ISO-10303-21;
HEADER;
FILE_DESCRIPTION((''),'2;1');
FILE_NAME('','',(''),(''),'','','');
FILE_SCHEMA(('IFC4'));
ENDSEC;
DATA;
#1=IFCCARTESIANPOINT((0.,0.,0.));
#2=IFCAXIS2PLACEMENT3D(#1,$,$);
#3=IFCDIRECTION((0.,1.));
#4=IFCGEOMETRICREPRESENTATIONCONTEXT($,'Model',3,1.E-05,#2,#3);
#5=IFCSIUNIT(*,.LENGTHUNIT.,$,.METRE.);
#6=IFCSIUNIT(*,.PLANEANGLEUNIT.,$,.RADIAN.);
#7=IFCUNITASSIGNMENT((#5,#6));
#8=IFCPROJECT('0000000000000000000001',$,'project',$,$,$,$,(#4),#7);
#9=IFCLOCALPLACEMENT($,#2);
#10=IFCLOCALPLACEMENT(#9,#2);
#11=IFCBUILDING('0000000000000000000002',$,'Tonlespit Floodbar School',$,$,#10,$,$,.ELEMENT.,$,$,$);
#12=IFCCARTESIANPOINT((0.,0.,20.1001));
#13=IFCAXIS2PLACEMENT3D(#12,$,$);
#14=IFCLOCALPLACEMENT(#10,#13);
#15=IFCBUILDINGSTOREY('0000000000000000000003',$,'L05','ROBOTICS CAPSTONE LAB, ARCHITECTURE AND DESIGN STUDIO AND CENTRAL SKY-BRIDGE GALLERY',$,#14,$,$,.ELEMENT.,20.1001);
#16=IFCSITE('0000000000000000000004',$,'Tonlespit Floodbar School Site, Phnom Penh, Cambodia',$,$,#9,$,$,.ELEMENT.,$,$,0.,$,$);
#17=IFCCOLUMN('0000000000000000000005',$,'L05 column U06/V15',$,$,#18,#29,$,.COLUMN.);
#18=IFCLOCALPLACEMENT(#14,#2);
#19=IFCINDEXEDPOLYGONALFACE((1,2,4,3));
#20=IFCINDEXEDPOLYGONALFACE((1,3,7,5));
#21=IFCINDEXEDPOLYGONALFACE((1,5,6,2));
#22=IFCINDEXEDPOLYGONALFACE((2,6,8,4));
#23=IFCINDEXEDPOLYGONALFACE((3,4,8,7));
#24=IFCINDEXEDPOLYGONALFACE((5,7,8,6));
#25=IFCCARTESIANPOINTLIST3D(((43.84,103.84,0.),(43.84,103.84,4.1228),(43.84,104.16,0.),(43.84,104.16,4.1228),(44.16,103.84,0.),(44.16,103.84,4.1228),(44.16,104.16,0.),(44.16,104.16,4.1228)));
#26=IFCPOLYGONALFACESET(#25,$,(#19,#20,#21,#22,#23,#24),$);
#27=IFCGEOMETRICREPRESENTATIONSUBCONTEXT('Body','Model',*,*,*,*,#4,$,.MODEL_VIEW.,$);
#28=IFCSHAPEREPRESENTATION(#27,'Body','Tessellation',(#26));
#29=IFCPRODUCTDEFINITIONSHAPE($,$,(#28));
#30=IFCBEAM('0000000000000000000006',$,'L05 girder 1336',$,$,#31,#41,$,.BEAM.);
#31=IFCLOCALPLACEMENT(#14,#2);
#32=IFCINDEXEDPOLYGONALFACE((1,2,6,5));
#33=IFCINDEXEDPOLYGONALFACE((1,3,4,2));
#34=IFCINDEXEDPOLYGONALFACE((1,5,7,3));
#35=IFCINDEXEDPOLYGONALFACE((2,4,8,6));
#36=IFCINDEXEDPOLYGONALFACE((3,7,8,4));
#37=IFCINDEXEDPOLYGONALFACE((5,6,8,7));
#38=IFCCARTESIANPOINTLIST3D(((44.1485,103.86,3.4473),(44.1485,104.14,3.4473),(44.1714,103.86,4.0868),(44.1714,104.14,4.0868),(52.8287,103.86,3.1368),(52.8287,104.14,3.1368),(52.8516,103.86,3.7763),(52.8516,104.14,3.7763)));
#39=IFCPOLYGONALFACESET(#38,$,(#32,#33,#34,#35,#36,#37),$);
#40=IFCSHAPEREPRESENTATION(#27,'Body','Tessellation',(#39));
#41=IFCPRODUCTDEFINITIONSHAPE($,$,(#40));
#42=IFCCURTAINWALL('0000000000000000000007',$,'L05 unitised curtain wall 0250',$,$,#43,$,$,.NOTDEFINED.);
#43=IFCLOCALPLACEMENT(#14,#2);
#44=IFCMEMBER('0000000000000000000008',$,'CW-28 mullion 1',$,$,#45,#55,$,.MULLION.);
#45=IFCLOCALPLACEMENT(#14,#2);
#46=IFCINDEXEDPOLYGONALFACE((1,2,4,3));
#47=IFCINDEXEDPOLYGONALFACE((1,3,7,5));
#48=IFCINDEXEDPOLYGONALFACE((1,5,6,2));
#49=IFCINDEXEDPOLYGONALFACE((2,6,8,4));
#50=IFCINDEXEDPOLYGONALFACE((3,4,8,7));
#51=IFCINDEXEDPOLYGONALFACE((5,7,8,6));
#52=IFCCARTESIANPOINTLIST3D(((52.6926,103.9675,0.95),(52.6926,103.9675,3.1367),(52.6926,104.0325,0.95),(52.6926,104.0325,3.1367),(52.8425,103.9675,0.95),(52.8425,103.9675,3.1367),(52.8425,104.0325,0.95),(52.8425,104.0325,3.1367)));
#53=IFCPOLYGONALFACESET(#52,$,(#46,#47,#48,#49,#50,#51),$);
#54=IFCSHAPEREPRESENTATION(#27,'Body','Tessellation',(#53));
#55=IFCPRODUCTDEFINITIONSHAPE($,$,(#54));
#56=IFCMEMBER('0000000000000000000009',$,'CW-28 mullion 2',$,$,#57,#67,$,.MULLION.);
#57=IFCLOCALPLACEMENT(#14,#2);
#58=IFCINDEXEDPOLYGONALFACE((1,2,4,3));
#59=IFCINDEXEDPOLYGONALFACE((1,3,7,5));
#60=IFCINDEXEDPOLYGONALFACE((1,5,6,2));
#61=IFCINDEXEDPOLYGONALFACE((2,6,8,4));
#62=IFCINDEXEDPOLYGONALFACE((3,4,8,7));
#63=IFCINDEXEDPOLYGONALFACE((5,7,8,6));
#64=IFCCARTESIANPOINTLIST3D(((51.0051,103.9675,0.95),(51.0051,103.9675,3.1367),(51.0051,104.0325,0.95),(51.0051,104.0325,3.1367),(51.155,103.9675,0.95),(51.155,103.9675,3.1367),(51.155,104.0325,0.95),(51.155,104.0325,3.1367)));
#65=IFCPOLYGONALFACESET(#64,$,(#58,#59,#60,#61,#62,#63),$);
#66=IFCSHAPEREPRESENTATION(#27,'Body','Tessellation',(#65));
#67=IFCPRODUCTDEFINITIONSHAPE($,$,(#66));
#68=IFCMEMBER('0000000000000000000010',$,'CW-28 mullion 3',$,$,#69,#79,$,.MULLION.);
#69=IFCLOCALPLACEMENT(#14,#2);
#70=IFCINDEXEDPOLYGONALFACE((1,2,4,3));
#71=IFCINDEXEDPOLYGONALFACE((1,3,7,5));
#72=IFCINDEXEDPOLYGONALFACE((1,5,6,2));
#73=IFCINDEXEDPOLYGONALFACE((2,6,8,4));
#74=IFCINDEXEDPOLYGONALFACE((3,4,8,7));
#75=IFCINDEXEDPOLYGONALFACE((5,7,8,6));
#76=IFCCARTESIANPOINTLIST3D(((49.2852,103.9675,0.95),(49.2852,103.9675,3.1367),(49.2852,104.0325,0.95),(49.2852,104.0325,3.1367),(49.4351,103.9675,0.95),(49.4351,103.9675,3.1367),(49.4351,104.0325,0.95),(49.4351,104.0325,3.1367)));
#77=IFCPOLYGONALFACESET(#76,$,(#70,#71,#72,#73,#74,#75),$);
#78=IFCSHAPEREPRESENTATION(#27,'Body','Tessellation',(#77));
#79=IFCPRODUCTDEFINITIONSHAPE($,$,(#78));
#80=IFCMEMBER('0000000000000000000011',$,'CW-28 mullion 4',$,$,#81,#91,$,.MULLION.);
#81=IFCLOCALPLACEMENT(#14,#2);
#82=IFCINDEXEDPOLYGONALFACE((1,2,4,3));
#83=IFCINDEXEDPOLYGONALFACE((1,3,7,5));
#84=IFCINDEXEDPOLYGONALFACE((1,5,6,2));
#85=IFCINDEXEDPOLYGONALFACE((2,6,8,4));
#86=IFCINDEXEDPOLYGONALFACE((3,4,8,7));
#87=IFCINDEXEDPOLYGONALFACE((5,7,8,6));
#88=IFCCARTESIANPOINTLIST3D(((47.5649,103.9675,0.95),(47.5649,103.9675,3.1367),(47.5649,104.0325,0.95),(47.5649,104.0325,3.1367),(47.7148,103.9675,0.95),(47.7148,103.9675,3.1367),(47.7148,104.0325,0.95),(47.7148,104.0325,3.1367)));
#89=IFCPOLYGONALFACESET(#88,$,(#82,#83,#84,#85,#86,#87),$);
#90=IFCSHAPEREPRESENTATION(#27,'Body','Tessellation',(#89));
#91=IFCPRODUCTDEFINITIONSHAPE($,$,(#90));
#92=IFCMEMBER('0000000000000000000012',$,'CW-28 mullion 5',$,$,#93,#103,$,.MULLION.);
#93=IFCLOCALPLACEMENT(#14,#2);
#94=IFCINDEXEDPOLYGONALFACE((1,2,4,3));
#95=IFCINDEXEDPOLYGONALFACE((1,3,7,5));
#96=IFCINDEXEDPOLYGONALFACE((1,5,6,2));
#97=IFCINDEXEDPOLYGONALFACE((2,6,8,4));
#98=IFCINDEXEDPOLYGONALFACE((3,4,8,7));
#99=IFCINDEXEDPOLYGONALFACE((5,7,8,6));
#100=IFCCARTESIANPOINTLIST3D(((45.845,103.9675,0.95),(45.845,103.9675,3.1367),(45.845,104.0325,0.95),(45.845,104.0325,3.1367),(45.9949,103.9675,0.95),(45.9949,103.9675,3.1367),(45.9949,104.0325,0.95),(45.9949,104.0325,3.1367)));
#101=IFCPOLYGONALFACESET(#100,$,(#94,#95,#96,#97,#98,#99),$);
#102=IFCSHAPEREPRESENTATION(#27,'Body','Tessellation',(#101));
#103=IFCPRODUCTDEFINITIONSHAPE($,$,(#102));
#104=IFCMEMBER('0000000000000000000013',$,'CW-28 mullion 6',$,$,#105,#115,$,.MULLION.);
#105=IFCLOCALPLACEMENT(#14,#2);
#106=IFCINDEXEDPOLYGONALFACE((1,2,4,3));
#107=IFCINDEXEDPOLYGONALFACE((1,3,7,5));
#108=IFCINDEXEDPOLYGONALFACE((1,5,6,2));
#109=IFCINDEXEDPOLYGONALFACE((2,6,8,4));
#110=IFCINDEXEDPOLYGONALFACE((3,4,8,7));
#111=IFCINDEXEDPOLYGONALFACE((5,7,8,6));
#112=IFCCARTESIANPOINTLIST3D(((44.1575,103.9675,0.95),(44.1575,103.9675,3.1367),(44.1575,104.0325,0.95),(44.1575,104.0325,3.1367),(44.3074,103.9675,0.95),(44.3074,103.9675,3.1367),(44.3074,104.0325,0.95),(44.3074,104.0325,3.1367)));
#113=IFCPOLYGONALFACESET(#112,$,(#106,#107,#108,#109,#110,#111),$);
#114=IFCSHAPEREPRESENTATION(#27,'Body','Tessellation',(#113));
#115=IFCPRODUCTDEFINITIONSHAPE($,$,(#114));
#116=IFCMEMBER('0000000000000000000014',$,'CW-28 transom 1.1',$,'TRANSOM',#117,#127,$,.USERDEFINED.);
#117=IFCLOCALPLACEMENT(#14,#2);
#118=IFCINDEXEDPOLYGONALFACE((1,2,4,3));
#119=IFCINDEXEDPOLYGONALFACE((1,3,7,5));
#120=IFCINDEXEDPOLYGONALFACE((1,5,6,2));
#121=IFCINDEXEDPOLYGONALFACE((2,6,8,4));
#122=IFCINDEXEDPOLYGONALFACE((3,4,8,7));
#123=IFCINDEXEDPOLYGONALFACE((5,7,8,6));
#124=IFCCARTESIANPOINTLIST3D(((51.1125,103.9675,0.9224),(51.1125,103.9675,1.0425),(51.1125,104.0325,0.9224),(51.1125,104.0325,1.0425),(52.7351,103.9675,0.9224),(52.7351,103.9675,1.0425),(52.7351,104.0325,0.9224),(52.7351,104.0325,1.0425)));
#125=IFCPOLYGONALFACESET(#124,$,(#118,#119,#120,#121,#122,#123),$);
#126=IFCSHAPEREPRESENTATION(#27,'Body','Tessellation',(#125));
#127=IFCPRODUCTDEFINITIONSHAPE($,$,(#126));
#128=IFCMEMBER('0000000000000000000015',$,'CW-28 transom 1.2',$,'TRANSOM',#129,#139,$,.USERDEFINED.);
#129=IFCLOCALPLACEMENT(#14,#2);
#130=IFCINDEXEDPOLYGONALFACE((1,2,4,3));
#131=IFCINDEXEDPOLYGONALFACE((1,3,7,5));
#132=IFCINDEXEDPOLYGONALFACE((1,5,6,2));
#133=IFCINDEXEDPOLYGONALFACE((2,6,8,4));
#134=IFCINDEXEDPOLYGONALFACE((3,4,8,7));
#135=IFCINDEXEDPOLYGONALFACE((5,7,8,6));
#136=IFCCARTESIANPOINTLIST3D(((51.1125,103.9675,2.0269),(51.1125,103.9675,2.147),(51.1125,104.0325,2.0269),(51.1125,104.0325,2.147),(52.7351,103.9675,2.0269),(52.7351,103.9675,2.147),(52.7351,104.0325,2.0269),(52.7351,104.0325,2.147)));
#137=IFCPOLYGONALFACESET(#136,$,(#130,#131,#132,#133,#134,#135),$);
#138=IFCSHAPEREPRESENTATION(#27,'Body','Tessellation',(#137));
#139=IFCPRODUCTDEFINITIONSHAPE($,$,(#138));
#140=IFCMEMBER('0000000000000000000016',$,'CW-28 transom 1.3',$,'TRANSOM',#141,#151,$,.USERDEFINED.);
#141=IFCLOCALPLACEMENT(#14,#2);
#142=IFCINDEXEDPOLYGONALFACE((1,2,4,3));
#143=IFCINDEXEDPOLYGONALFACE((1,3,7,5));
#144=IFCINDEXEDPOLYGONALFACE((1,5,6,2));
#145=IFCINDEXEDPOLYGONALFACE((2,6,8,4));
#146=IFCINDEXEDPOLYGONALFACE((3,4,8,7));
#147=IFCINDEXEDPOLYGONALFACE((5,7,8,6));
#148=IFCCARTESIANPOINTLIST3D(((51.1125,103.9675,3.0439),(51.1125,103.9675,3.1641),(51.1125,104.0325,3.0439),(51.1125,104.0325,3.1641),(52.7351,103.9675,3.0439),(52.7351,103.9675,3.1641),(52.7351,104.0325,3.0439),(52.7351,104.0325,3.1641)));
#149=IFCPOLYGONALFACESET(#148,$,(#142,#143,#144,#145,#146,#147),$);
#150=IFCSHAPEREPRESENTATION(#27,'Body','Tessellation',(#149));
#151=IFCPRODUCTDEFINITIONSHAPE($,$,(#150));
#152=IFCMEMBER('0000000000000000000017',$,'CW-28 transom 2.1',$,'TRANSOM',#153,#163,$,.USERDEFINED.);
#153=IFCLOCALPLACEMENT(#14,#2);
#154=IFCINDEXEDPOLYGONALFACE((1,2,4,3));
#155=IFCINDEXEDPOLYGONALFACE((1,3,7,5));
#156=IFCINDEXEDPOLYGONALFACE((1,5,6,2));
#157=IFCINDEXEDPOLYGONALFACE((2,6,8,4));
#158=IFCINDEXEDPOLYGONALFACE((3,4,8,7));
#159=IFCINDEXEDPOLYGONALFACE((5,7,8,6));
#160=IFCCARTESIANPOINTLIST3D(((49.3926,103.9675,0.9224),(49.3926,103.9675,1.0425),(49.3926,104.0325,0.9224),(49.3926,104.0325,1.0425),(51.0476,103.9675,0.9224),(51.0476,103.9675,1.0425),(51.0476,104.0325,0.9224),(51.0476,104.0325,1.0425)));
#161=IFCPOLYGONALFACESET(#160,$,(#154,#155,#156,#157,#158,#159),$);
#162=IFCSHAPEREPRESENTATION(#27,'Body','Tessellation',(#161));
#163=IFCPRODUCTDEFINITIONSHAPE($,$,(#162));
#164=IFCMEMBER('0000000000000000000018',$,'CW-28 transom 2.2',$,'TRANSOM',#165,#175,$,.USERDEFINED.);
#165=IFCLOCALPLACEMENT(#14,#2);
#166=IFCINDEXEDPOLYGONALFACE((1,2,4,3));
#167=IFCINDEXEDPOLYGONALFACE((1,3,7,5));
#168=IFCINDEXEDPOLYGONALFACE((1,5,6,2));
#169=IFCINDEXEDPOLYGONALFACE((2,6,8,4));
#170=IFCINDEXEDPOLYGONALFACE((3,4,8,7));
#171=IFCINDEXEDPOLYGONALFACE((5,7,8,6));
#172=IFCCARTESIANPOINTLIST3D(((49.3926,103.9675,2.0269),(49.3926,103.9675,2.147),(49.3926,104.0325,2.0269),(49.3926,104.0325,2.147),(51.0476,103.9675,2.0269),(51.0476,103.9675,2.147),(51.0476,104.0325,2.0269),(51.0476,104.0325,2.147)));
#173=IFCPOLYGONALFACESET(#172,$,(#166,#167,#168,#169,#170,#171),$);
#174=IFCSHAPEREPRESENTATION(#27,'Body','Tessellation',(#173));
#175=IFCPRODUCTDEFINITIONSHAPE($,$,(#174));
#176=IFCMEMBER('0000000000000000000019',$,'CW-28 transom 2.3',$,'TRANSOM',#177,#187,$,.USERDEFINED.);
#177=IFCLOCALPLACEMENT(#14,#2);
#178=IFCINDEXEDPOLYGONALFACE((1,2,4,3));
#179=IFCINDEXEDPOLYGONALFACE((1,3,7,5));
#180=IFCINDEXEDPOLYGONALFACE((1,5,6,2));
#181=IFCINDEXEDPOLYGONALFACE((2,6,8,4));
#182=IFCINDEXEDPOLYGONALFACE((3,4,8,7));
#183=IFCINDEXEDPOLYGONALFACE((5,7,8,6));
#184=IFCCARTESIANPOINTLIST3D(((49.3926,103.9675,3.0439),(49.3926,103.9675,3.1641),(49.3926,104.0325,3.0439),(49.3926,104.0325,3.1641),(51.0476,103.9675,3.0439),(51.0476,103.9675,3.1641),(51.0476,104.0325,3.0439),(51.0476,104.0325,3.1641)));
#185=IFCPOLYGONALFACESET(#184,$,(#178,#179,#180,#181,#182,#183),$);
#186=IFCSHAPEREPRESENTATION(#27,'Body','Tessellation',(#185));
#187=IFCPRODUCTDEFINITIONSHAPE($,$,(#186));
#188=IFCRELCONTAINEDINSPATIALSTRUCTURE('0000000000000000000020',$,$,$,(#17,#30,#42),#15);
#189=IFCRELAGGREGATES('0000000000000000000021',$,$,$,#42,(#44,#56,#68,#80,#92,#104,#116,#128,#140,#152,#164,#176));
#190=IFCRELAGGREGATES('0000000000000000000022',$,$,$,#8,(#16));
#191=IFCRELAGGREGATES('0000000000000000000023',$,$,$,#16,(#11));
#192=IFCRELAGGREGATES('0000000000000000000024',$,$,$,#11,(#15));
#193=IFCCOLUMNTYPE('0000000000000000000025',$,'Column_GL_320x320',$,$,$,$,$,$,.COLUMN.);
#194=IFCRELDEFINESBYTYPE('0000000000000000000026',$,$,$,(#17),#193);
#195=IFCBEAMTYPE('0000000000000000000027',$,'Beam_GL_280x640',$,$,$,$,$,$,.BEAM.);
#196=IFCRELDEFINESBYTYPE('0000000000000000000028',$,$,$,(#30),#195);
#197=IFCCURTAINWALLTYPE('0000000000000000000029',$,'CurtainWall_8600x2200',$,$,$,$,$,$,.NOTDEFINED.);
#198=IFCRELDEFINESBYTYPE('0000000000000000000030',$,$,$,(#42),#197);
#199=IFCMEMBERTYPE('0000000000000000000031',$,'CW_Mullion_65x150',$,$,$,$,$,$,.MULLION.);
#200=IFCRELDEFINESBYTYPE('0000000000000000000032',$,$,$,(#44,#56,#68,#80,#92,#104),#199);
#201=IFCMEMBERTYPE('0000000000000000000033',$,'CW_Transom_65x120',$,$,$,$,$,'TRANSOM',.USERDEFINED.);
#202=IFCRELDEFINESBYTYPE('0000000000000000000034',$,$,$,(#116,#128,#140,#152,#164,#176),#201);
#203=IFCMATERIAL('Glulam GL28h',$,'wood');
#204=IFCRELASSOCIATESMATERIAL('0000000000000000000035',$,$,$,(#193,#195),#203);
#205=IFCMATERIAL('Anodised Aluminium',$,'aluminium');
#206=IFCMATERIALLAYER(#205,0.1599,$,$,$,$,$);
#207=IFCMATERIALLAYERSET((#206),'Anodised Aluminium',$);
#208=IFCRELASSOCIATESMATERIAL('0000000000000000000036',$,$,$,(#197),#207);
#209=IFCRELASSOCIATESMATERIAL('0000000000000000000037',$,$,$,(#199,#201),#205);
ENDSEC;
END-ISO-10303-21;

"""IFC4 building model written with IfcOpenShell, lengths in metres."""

from ifc_helpers import new_model, si_unit, direction, frame, origin, origin_2d, place, context, subcontext, project, spatial, rectangle, extrude, material, layer, layer_set, material_profile, profile_set, type_object, element, aggregate, save


model = new_model("IFC4")

# Units and contexts
model_context = context("Model", 3, precision=1e-05, world=origin(), true_north=direction((0.0, 1.0)))
body_context = subcontext(model_context, "Body", "Model", "MODEL_VIEW")
ifc_project = project(units=[si_unit("LENGTHUNIT", "METRE"), si_unit("PLANEANGLEUNIT", "RADIAN")], contexts=[model_context])

# Site, building, storey
site_placement = place(None, origin())
site = spatial("IfcSite", under=ifc_project, at=site_placement, Name="Tonlespit Floodbar School Site, Phnom Penh, Cambodia", CompositionType="ELEMENT", RefElevation=0.0)
building_placement = place(site_placement, origin())
building = spatial("IfcBuilding", under=site, at=building_placement, Name="Tonlespit Floodbar School", CompositionType="ELEMENT")
storey_placement = place(building_placement, frame((0.0, 0.0, 20.1001)))
storey = spatial("IfcBuildingStorey", under=building, at=storey_placement, Name="L05", Description="ROBOTICS CAPSTONE LAB, ARCHITECTURE AND DESIGN STUDIO AND CENTRAL SKY-BRIDGE GALLERY", CompositionType="ELEMENT", Elevation=20.1001)

# Column
ifc_material_1 = material(Name="Glulam GL28h", Category="wood")
ifc_material_profile_1 = material_profile(ifc_material_1, rectangle(XDim=0.3201, YDim=0.3201, at=origin_2d()), Name="GL 320x320")
ifc_profile_set_1 = profile_set([ifc_material_profile_1], Name="Glulam GL28h")
column_type = type_object("IfcColumnType", Name="Column_GL_320x320", PredefinedType="COLUMN", material=ifc_profile_set_1)
column_placement = place(storey_placement, frame((44.0, 104.0, 0.0), z_axis=(0.0, 0.0, 1.0), x_axis=(1.0, 0.0, 0.0)))
element("IfcColumn", 1, at=column_placement, inside=storey, type_object=column_type, Name="L05 column U06/V15", PredefinedType="COLUMN", context=body_context, shape_type="SweptSolid", body=[
    extrude(rectangle(XDim=0.3201, YDim=0.3201, at=origin_2d()), origin(), (0.0, 0.0, 1.0), 4.1228),
])

# Beam
ifc_material_profile_2 = material_profile(ifc_material_1, rectangle(XDim=0.28, YDim=0.6399, at=origin_2d()), Name="GL 280x640")
ifc_profile_set_2 = profile_set([ifc_material_profile_2], Name="Glulam GL28h")
beam_type = type_object("IfcBeamType", Name="Beam_GL_280x640", PredefinedType="BEAM", material=ifc_profile_set_2)
beam_placement = place(storey_placement, frame((44.1599, 104.0, 3.7671), z_axis=(0.999361, 0.0, -0.035754), x_axis=(0.0, 1.0, 0.0)))
element("IfcBeam", 2, at=beam_placement, inside=storey, type_object=beam_type, Name="L05 girder 1336", PredefinedType="BEAM", context=body_context, shape_type="SweptSolid", body=[
    extrude(rectangle(XDim=0.28, YDim=0.6399, at=origin_2d()), origin(), (0.0, 0.0, 1.0), 8.6858),
])

# Curtain wall, members
ifc_material_2 = material(Name="Anodised Aluminium", Category="aluminium")
ifc_layer_1 = layer(ifc_material_2, 0.1599)
ifc_layer_set_1 = layer_set([ifc_layer_1], Name="Anodised Aluminium")
curtain_wall_type = type_object("IfcCurtainWallType", Name="CurtainWall_8600x2200", PredefinedType="NOTDEFINED", material=ifc_layer_set_1)
curtain_wall_placement = place(storey_placement, origin())
curtain_wall = element("IfcCurtainWall", 3, at=curtain_wall_placement, inside=storey, type_object=curtain_wall_type, Name="L05 unitised curtain wall 0250", PredefinedType="NOTDEFINED")
ifc_material_profile_3 = material_profile(ifc_material_2, rectangle(XDim=0.0649, YDim=0.1499, at=origin_2d()), Name="ALU M65x150")
ifc_profile_set_3 = profile_set([ifc_material_profile_3], Name="Anodised Aluminium")
member_type_1 = type_object("IfcMemberType", Name="CW_Mullion_65x150", PredefinedType="MULLION", material=ifc_profile_set_3)
member_1_placement = place(storey_placement, frame((52.7676, 104.0, 0.95), z_axis=(0.0, 0.0, 1.0), x_axis=(0.0, -1.0, 0.0)))
member_1 = element("IfcMember", 4, at=member_1_placement, type_object=member_type_1, Name="CW-28 mullion 1", PredefinedType="MULLION", context=body_context, shape_type="SweptSolid", body=[
    extrude(rectangle(XDim=0.0649, YDim=0.1499, at=origin_2d()), origin(), (0.0, 0.0, 1.0), 2.1868),
])
member_2_placement = place(storey_placement, frame((51.0801, 104.0, 0.95), z_axis=(0.0, 0.0, 1.0), x_axis=(0.0, -1.0, 0.0)))
member_2 = element("IfcMember", 5, at=member_2_placement, type_object=member_type_1, Name="CW-28 mullion 2", PredefinedType="MULLION", context=body_context, shape_type="SweptSolid", body=[
    extrude(rectangle(XDim=0.0649, YDim=0.1499, at=origin_2d()), origin(), (0.0, 0.0, 1.0), 2.1868),
])
member_3_placement = place(storey_placement, frame((49.3601, 104.0, 0.95), z_axis=(0.0, 0.0, 1.0), x_axis=(0.0, -1.0, 0.0)))
member_3 = element("IfcMember", 6, at=member_3_placement, type_object=member_type_1, Name="CW-28 mullion 3", PredefinedType="MULLION", context=body_context, shape_type="SweptSolid", body=[
    extrude(rectangle(XDim=0.0649, YDim=0.1499, at=origin_2d()), origin(), (0.0, 0.0, 1.0), 2.1868),
])
member_4_placement = place(storey_placement, frame((47.6399, 104.0, 0.95), z_axis=(0.0, 0.0, 1.0), x_axis=(0.0, -1.0, 0.0)))
member_4 = element("IfcMember", 7, at=member_4_placement, type_object=member_type_1, Name="CW-28 mullion 4", PredefinedType="MULLION", context=body_context, shape_type="SweptSolid", body=[
    extrude(rectangle(XDim=0.0649, YDim=0.1499, at=origin_2d()), origin(), (0.0, 0.0, 1.0), 2.1868),
])
member_5_placement = place(storey_placement, frame((45.9199, 104.0, 0.95), z_axis=(0.0, 0.0, 1.0), x_axis=(0.0, -1.0, 0.0)))
member_5 = element("IfcMember", 8, at=member_5_placement, type_object=member_type_1, Name="CW-28 mullion 5", PredefinedType="MULLION", context=body_context, shape_type="SweptSolid", body=[
    extrude(rectangle(XDim=0.0649, YDim=0.1499, at=origin_2d()), origin(), (0.0, 0.0, 1.0), 2.1868),
])
member_6_placement = place(storey_placement, frame((44.2324, 104.0, 0.95), z_axis=(0.0, 0.0, 1.0), x_axis=(0.0, -1.0, 0.0)))
member_6 = element("IfcMember", 9, at=member_6_placement, type_object=member_type_1, Name="CW-28 mullion 6", PredefinedType="MULLION", context=body_context, shape_type="SweptSolid", body=[
    extrude(rectangle(XDim=0.0649, YDim=0.1499, at=origin_2d()), origin(), (0.0, 0.0, 1.0), 2.1868),
])
ifc_material_profile_4 = material_profile(ifc_material_2, rectangle(XDim=0.0649, YDim=0.1201, at=origin_2d()), Name="ALU T65x120")
ifc_profile_set_4 = profile_set([ifc_material_profile_4], Name="Anodised Aluminium")
member_type_2 = type_object("IfcMemberType", Name="CW_Transom_65x120", ElementType="TRANSOM", PredefinedType="USERDEFINED", material=ifc_profile_set_4)
member_7_placement = place(storey_placement, frame((52.7351, 104.0, 0.9824), z_axis=(-1.0, 0.0, 0.0), x_axis=(0.0, -1.0, 0.0)))
member_7 = element("IfcMember", 10, at=member_7_placement, type_object=member_type_2, Name="CW-28 transom 1.1", ObjectType="TRANSOM", PredefinedType="USERDEFINED", context=body_context, shape_type="SweptSolid", body=[
    extrude(rectangle(XDim=0.0649, YDim=0.1201, at=origin_2d()), origin(), (0.0, 0.0, 1.0), 1.6226),
])
member_8_placement = place(storey_placement, frame((52.7351, 104.0, 2.0869), z_axis=(-1.0, 0.0, 0.0), x_axis=(0.0, -1.0, 0.0)))
member_8 = element("IfcMember", 11, at=member_8_placement, type_object=member_type_2, Name="CW-28 transom 1.2", ObjectType="TRANSOM", PredefinedType="USERDEFINED", context=body_context, shape_type="SweptSolid", body=[
    extrude(rectangle(XDim=0.0649, YDim=0.1201, at=origin_2d()), origin(), (0.0, 0.0, 1.0), 1.6226),
])
member_9_placement = place(storey_placement, frame((52.7351, 104.0, 3.104), z_axis=(-1.0, 0.0, 0.0), x_axis=(0.0, -1.0, 0.0)))
member_9 = element("IfcMember", 12, at=member_9_placement, type_object=member_type_2, Name="CW-28 transom 1.3", ObjectType="TRANSOM", PredefinedType="USERDEFINED", context=body_context, shape_type="SweptSolid", body=[
    extrude(rectangle(XDim=0.0649, YDim=0.1201, at=origin_2d()), origin(), (0.0, 0.0, 1.0), 1.6226),
])
member_10_placement = place(storey_placement, frame((51.0476, 104.0, 0.9824), z_axis=(-1.0, 0.0, 0.0), x_axis=(0.0, -1.0, 0.0)))
member_10 = element("IfcMember", 13, at=member_10_placement, type_object=member_type_2, Name="CW-28 transom 2.1", ObjectType="TRANSOM", PredefinedType="USERDEFINED", context=body_context, shape_type="SweptSolid", body=[
    extrude(rectangle(XDim=0.0649, YDim=0.1201, at=origin_2d()), origin(), (0.0, 0.0, 1.0), 1.655),
])
member_11_placement = place(storey_placement, frame((51.0476, 104.0, 2.0869), z_axis=(-1.0, 0.0, 0.0), x_axis=(0.0, -1.0, 0.0)))
member_11 = element("IfcMember", 14, at=member_11_placement, type_object=member_type_2, Name="CW-28 transom 2.2", ObjectType="TRANSOM", PredefinedType="USERDEFINED", context=body_context, shape_type="SweptSolid", body=[
    extrude(rectangle(XDim=0.0649, YDim=0.1201, at=origin_2d()), origin(), (0.0, 0.0, 1.0), 1.655),
])
member_12_placement = place(storey_placement, frame((51.0476, 104.0, 3.104), z_axis=(-1.0, 0.0, 0.0), x_axis=(0.0, -1.0, 0.0)))
member_12 = element("IfcMember", 15, at=member_12_placement, type_object=member_type_2, Name="CW-28 transom 2.3", ObjectType="TRANSOM", PredefinedType="USERDEFINED", context=body_context, shape_type="SweptSolid", body=[
    extrude(rectangle(XDim=0.0649, YDim=0.1201, at=origin_2d()), origin(), (0.0, 0.0, 1.0), 1.655),
])
aggregate(curtain_wall, [member_1, member_2, member_3, member_4, member_5, member_6, member_7, member_8, member_9, member_10, member_11, member_12])

save(model, "model.ifc")
